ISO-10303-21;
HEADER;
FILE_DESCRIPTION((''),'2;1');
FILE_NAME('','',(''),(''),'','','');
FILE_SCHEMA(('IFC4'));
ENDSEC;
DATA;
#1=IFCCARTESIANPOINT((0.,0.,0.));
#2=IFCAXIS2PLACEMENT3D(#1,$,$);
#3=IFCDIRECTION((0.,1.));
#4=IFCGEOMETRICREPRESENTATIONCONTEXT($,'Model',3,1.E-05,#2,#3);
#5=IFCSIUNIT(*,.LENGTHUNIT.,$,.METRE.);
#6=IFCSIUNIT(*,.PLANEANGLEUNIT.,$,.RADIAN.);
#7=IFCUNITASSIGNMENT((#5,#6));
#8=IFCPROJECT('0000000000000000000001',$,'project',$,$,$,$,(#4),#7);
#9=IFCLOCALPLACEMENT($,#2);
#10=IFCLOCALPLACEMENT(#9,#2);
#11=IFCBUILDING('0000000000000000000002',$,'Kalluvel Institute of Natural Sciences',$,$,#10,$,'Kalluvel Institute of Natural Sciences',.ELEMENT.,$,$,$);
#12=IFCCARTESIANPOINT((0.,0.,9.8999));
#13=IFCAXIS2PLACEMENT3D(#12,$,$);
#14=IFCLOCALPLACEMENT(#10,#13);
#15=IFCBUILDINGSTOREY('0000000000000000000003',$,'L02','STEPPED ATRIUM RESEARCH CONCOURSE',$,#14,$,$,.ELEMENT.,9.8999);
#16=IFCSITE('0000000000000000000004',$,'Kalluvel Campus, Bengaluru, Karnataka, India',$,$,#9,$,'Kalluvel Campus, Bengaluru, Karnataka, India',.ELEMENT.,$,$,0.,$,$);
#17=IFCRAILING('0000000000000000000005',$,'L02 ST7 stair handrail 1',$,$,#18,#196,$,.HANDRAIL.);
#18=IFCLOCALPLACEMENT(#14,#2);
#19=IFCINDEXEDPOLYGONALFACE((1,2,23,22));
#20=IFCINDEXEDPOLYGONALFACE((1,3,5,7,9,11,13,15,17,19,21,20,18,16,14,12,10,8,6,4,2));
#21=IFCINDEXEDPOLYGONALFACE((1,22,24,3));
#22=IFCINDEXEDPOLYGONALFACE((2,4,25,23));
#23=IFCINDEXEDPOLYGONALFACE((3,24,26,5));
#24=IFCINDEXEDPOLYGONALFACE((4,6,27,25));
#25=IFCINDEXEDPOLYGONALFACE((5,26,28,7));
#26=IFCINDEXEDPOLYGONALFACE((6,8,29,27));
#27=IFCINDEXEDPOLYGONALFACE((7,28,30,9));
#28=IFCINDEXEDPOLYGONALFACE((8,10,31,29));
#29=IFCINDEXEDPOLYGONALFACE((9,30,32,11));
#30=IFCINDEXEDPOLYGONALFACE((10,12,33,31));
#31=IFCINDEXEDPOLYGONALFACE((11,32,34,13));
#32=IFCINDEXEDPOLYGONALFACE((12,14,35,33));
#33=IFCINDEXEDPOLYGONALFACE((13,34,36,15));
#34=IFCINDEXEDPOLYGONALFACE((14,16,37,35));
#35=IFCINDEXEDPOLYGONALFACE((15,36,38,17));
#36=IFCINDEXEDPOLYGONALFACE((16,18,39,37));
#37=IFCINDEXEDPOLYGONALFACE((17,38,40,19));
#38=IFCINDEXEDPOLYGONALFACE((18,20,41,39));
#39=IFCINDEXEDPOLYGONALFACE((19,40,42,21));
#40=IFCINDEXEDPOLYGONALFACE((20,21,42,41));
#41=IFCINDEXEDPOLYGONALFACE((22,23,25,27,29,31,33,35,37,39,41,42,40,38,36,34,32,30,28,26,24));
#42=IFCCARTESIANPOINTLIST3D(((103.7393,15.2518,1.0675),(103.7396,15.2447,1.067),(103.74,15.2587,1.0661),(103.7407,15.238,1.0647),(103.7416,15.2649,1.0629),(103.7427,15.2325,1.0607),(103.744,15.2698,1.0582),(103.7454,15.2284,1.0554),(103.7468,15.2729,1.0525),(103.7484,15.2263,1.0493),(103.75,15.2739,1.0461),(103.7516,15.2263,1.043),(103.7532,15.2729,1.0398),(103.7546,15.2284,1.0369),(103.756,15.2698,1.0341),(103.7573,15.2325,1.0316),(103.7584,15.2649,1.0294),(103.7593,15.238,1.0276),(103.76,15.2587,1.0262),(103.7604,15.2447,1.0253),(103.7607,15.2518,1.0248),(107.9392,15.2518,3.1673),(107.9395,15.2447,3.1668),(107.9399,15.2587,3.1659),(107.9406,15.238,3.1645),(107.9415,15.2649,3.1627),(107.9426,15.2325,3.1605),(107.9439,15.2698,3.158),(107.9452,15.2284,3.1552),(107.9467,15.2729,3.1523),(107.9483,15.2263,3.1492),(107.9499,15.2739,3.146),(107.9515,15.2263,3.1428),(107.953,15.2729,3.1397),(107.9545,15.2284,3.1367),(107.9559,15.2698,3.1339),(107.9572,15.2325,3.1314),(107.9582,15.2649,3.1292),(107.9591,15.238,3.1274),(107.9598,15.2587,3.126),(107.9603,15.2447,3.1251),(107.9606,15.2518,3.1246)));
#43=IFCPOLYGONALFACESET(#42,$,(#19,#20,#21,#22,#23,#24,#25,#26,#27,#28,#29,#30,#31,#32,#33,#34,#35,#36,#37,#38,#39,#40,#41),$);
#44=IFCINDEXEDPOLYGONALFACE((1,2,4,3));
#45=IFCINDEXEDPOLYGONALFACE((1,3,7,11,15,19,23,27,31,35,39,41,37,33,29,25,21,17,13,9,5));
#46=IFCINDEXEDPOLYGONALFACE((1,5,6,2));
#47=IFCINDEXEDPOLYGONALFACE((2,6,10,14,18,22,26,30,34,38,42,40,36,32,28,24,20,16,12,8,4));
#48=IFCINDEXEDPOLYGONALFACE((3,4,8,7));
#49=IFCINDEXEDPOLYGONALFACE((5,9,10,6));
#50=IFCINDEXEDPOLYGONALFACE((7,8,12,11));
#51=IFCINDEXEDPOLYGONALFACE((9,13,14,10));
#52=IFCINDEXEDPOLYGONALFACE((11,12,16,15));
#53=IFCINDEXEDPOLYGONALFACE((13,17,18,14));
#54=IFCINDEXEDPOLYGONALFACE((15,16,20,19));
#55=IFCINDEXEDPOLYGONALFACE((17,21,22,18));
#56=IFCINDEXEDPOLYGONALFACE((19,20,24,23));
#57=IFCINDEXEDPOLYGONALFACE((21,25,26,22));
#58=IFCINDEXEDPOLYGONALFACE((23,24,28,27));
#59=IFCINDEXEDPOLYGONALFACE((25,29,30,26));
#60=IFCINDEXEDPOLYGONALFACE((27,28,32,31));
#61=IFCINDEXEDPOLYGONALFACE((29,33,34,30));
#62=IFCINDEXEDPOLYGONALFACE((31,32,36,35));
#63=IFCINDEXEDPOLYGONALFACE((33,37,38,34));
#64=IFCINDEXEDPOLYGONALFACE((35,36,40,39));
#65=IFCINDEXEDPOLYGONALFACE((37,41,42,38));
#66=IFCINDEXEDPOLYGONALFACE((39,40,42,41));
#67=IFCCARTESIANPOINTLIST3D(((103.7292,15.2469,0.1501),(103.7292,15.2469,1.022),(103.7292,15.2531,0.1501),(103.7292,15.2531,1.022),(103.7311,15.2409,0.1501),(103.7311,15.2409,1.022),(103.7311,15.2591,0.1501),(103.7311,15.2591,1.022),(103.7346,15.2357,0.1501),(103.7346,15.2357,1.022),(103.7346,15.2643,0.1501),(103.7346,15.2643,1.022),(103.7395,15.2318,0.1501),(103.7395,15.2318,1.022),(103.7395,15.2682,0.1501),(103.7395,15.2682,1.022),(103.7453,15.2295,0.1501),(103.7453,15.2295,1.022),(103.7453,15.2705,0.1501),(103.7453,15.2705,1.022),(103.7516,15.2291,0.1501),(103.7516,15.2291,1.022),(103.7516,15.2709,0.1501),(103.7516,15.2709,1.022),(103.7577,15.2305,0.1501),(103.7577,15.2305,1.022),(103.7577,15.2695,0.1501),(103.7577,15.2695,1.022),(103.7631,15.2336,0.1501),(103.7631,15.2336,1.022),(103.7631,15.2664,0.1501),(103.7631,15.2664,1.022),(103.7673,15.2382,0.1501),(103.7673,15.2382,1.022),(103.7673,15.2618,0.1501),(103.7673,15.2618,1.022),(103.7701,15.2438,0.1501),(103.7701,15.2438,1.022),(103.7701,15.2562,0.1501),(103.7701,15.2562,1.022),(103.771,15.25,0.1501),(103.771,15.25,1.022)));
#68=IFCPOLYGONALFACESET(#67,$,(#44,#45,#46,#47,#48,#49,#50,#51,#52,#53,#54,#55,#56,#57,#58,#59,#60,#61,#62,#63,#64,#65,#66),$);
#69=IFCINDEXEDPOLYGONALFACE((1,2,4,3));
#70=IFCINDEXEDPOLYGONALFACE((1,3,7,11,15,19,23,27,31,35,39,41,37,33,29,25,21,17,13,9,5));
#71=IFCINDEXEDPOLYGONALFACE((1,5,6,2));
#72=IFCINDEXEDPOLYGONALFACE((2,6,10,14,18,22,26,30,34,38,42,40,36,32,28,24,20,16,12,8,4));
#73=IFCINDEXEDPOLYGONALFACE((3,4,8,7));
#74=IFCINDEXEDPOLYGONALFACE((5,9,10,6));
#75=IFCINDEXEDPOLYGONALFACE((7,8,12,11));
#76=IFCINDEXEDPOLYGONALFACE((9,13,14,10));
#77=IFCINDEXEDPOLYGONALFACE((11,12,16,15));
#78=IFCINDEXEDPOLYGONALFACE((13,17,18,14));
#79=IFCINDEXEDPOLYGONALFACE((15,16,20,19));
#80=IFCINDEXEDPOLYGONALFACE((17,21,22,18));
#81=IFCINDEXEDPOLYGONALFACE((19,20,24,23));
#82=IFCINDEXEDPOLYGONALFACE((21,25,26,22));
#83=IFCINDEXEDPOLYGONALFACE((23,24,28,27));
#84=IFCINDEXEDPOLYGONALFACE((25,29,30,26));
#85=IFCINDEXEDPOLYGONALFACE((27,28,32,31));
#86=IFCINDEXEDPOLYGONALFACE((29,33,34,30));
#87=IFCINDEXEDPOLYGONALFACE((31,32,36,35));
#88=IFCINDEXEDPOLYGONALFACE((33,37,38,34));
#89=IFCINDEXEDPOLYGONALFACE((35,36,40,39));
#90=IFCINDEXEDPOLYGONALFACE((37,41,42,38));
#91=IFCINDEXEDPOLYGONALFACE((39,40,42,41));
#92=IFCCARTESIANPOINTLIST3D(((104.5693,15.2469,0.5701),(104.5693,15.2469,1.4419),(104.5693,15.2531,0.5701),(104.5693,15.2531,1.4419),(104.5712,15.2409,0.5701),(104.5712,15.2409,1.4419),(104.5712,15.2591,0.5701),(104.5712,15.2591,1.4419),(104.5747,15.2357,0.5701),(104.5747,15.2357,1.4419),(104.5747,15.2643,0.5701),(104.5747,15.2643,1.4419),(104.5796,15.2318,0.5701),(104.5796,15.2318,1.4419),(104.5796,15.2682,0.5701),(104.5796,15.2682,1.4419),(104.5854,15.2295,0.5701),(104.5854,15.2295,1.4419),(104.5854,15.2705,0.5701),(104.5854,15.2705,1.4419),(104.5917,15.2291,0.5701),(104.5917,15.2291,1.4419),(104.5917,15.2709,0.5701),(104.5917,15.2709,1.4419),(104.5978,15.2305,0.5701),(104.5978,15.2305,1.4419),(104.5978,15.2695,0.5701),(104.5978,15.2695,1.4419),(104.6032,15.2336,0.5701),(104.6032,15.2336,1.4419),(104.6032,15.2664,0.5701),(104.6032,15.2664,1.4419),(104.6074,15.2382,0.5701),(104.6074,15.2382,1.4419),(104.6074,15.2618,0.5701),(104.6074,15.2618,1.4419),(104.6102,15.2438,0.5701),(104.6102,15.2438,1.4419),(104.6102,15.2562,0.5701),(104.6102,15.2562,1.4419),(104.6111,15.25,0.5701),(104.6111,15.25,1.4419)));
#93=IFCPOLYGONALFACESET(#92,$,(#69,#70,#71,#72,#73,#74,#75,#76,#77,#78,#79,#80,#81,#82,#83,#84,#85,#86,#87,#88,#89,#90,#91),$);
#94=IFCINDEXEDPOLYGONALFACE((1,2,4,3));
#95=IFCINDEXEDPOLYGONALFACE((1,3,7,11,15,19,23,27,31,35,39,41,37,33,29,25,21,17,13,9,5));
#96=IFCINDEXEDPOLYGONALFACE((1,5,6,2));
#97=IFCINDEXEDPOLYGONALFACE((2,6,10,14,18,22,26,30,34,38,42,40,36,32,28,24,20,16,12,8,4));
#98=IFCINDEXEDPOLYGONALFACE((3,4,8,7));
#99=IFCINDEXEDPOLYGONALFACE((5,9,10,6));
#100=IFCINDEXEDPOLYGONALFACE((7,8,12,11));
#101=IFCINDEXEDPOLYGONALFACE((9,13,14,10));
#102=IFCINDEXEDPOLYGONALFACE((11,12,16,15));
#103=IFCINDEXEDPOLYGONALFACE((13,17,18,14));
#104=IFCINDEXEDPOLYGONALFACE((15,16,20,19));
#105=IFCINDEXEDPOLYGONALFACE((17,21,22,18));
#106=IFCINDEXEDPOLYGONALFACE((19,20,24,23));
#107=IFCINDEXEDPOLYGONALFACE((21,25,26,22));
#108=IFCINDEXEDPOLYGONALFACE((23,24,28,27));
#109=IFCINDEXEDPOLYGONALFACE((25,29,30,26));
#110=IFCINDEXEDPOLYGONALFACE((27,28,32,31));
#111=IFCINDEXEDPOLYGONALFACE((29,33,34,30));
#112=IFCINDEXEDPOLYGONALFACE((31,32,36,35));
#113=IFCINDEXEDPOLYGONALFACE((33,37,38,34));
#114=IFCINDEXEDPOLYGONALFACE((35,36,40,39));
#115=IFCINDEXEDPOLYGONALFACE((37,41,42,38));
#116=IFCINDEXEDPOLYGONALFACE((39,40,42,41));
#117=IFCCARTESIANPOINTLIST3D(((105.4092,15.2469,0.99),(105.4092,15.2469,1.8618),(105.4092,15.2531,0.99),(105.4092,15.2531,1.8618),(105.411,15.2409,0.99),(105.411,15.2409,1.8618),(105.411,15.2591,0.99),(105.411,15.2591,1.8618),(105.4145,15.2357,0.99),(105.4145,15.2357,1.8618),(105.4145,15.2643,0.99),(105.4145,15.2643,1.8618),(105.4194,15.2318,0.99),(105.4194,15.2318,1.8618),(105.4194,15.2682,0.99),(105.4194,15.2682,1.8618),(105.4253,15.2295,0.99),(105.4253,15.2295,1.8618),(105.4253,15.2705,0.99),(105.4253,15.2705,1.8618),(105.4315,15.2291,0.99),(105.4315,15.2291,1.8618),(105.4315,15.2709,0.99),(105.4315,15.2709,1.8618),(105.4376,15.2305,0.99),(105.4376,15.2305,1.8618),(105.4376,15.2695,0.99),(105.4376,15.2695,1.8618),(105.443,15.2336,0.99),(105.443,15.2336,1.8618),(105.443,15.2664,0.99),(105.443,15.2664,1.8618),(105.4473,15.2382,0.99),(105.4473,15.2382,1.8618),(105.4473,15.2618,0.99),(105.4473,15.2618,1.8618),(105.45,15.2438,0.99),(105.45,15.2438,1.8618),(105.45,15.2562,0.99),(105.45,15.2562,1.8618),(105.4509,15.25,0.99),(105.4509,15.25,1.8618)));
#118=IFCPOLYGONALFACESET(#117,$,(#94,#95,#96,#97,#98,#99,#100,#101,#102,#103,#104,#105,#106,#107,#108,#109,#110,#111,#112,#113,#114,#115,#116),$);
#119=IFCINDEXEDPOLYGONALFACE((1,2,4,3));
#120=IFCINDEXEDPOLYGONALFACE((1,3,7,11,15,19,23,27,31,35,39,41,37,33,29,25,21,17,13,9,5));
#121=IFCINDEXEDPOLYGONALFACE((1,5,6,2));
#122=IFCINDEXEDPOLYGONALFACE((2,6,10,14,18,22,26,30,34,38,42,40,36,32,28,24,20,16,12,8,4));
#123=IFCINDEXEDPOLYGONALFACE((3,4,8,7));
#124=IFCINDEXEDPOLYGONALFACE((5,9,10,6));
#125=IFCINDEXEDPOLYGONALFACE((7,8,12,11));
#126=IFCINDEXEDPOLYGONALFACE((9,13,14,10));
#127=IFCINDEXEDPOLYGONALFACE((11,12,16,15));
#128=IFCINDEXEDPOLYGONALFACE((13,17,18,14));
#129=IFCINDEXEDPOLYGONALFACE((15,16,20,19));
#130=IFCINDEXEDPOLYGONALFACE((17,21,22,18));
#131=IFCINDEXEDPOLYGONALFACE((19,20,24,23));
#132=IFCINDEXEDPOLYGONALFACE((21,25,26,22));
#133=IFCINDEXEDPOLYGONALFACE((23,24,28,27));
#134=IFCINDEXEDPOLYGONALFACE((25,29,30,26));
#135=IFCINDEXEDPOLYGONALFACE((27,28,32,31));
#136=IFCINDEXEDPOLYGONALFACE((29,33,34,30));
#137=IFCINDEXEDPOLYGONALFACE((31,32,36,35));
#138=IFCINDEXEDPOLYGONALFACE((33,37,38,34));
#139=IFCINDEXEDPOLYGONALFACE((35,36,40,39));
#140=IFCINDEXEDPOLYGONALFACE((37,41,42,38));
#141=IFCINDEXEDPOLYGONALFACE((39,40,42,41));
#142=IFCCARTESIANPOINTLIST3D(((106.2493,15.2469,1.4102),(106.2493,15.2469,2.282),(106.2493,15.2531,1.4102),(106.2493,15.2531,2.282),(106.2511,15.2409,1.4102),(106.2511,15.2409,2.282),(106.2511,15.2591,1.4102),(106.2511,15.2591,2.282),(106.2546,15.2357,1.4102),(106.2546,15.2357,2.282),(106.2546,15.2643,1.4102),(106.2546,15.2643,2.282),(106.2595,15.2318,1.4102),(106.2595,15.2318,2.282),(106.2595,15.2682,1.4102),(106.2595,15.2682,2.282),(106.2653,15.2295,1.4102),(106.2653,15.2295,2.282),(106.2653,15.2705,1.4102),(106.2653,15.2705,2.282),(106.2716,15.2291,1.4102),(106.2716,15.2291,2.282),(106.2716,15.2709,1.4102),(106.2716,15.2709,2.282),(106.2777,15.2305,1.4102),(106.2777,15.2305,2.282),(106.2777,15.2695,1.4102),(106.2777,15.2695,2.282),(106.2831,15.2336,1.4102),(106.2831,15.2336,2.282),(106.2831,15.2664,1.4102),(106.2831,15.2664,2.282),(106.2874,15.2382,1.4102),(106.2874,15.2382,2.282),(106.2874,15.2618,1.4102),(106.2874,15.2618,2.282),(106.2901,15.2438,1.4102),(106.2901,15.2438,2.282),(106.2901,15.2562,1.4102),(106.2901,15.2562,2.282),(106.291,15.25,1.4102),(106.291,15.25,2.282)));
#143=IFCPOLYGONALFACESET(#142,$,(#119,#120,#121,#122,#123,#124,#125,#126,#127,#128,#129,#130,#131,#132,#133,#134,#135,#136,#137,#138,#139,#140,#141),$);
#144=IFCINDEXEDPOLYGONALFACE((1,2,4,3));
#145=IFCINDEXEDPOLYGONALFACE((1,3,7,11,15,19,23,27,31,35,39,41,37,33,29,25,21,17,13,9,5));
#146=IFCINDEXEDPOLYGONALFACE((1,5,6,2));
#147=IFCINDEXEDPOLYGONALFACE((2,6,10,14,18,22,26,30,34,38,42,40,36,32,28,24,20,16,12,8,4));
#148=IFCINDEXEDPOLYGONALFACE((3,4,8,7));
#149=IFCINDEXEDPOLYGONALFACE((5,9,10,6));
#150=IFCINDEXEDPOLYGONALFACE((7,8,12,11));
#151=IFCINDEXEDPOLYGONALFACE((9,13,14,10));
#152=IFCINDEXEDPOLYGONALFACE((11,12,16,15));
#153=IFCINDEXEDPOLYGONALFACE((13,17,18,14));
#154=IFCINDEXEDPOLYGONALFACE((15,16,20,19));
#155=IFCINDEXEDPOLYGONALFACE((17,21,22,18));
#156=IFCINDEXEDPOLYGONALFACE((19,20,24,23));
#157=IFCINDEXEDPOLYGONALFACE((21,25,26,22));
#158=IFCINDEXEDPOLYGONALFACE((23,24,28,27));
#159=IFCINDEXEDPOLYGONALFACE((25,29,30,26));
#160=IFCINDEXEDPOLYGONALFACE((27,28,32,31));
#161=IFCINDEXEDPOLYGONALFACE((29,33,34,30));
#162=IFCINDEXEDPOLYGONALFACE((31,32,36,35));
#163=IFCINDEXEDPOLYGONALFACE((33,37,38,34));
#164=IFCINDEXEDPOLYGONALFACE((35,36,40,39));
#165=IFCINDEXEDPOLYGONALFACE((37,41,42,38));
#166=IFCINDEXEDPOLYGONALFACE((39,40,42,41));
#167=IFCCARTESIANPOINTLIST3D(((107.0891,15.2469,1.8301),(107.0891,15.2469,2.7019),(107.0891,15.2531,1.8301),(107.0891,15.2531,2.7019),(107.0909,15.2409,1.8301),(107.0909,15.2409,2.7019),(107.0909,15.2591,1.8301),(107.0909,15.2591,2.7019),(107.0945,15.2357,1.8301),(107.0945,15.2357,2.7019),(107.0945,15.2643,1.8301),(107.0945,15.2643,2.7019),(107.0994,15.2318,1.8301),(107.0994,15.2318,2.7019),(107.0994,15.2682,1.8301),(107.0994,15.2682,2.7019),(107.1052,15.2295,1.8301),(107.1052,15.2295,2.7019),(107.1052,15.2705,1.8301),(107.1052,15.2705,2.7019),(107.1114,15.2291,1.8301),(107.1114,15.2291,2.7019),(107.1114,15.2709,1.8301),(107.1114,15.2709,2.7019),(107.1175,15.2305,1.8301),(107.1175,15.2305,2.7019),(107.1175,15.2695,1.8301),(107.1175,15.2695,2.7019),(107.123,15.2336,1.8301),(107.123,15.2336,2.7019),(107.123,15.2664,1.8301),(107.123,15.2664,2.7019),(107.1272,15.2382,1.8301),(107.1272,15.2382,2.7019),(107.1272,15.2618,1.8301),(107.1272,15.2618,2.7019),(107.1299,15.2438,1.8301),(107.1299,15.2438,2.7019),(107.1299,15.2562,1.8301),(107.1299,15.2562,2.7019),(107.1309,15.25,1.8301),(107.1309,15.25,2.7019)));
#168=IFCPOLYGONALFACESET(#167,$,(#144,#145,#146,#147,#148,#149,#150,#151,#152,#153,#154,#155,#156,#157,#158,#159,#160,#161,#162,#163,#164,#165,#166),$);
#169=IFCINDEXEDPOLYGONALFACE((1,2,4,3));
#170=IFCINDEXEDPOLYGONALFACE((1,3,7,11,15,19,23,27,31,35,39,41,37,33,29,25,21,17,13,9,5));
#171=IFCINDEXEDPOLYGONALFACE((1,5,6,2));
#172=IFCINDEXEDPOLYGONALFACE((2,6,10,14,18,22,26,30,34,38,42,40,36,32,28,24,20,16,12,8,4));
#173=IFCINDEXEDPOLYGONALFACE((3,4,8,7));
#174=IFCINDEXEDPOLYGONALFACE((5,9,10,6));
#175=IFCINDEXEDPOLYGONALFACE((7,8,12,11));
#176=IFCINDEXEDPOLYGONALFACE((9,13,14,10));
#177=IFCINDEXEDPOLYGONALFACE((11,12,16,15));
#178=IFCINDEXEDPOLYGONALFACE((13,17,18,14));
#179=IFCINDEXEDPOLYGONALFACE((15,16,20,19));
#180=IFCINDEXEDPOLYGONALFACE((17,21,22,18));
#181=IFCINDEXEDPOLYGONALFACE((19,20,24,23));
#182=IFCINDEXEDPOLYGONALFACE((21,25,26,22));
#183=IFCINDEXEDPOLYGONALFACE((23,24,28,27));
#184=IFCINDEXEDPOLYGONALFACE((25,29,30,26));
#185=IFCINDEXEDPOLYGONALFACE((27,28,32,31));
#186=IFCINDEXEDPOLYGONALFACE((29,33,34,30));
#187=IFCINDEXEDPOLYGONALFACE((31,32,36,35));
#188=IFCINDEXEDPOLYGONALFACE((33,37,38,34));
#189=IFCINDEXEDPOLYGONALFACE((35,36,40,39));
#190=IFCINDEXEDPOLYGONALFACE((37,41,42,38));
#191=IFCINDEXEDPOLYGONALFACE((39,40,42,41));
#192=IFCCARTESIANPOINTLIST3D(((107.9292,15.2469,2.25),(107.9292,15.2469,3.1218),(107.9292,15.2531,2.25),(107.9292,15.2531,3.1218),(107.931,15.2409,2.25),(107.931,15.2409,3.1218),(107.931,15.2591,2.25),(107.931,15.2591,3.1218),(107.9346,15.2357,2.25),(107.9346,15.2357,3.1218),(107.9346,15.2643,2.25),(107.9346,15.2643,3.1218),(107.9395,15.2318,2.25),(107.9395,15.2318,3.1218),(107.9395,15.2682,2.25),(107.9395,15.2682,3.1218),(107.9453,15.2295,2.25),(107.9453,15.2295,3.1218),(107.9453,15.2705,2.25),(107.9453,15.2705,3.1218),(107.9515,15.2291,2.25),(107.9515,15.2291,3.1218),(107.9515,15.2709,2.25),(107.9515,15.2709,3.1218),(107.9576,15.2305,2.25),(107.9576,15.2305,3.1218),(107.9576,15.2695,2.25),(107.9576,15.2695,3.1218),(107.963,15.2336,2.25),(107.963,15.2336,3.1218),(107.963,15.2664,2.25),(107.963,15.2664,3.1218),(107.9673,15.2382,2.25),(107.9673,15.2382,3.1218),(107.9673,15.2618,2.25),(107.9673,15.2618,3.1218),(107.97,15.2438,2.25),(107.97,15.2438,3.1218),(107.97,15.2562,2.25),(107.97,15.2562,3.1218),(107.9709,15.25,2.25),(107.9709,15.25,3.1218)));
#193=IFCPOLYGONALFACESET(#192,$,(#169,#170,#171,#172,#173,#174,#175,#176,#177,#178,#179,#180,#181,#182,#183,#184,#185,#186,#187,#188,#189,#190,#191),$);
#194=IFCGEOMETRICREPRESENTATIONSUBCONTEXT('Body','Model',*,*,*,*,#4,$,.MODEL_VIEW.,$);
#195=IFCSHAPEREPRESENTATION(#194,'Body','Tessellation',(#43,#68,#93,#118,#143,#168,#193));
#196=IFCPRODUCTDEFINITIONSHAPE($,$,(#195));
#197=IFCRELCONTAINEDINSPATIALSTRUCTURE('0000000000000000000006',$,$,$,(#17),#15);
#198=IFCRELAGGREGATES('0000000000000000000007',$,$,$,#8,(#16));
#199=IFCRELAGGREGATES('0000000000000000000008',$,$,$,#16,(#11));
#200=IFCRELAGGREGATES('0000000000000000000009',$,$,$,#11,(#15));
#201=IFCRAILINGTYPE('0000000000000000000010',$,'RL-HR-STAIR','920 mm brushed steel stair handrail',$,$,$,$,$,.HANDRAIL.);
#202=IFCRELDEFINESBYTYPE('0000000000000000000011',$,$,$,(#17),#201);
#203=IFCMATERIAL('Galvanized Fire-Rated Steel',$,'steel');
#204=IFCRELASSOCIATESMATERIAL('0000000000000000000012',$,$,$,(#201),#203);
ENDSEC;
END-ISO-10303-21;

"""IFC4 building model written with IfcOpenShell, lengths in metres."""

from ifc_helpers import new_model, si_unit, direction, frame, origin, origin_2d, place, context, subcontext, project, spatial, circle, extrude, material, type_object, element, save


model = new_model("IFC4")

# Units and contexts
model_context = context("Model", 3, precision=1e-05, world=origin(), true_north=direction((0.0, 1.0)))
body_context = subcontext(model_context, "Body", "Model", "MODEL_VIEW")
ifc_project = project(units=[si_unit("LENGTHUNIT", "METRE"), si_unit("PLANEANGLEUNIT", "RADIAN")], contexts=[model_context])

# Site, building, storey
site_placement = place(None, origin())
site = spatial("IfcSite", under=ifc_project, at=site_placement, Name="Kalluvel Campus, Bengaluru, Karnataka, India", LongName="Kalluvel Campus, Bengaluru, Karnataka, India", CompositionType="ELEMENT", RefElevation=0.0)
building_placement = place(site_placement, origin())
building = spatial("IfcBuilding", under=site, at=building_placement, Name="Kalluvel Institute of Natural Sciences", LongName="Kalluvel Institute of Natural Sciences", CompositionType="ELEMENT")
storey_placement = place(building_placement, frame((0.0, 0.0, 9.8999)))
storey = spatial("IfcBuildingStorey", under=building, at=storey_placement, Name="L02", Description="STEPPED ATRIUM RESEARCH CONCOURSE", CompositionType="ELEMENT", Elevation=9.8999)

# Shared definitions
ifc_material_1 = material(Name="Galvanized Fire-Rated Steel", Category="steel")

# Railing
railing_type_1 = type_object("IfcRailingType", Name="RL-HR-STAIR", Description="920 mm brushed steel stair handrail", PredefinedType="HANDRAIL", material=ifc_material_1)
railing_1_placement = place(storey_placement, frame((103.75, 15.25, 0.1501)))
element("IfcRailing", 1, at=railing_1_placement, inside=storey, type_object=railing_type_1, Name="L02 ST7 stair handrail 1", PredefinedType="HANDRAIL", context=body_context, shape_type="SweptSolid", body=[
    extrude(circle(Radius=0.0239, at=origin_2d()), frame((0.0, 0.0, 0.896), z_axis=(0.894438, 0.0, 0.447193), x_axis=(0.0, 1.0, 0.0)), (0.0, 0.0, 1.0), 4.6956),
    extrude(circle(Radius=0.021, at=origin_2d()), origin(), (0.0, 0.0, 1.0), 0.8718),
    extrude(circle(Radius=0.021, at=origin_2d()), frame((0.8401, 0.0, 0.4199)), (0.0, 0.0, 1.0), 0.8718),
    extrude(circle(Radius=0.021, at=origin_2d()), frame((1.6799, 0.0, 0.8398)), (0.0, 0.0, 1.0), 0.8718),
    extrude(circle(Radius=0.021, at=origin_2d()), frame((2.52, 0.0, 1.26)), (0.0, 0.0, 1.0), 0.8718),
    extrude(circle(Radius=0.021, at=origin_2d()), frame((3.3599, 0.0, 1.6799)), (0.0, 0.0, 1.0), 0.8718),
    extrude(circle(Radius=0.021, at=origin_2d()), frame((4.2, 0.0, 2.0999)), (0.0, 0.0, 1.0), 0.8718),
])

save(model, "model.ifc")
